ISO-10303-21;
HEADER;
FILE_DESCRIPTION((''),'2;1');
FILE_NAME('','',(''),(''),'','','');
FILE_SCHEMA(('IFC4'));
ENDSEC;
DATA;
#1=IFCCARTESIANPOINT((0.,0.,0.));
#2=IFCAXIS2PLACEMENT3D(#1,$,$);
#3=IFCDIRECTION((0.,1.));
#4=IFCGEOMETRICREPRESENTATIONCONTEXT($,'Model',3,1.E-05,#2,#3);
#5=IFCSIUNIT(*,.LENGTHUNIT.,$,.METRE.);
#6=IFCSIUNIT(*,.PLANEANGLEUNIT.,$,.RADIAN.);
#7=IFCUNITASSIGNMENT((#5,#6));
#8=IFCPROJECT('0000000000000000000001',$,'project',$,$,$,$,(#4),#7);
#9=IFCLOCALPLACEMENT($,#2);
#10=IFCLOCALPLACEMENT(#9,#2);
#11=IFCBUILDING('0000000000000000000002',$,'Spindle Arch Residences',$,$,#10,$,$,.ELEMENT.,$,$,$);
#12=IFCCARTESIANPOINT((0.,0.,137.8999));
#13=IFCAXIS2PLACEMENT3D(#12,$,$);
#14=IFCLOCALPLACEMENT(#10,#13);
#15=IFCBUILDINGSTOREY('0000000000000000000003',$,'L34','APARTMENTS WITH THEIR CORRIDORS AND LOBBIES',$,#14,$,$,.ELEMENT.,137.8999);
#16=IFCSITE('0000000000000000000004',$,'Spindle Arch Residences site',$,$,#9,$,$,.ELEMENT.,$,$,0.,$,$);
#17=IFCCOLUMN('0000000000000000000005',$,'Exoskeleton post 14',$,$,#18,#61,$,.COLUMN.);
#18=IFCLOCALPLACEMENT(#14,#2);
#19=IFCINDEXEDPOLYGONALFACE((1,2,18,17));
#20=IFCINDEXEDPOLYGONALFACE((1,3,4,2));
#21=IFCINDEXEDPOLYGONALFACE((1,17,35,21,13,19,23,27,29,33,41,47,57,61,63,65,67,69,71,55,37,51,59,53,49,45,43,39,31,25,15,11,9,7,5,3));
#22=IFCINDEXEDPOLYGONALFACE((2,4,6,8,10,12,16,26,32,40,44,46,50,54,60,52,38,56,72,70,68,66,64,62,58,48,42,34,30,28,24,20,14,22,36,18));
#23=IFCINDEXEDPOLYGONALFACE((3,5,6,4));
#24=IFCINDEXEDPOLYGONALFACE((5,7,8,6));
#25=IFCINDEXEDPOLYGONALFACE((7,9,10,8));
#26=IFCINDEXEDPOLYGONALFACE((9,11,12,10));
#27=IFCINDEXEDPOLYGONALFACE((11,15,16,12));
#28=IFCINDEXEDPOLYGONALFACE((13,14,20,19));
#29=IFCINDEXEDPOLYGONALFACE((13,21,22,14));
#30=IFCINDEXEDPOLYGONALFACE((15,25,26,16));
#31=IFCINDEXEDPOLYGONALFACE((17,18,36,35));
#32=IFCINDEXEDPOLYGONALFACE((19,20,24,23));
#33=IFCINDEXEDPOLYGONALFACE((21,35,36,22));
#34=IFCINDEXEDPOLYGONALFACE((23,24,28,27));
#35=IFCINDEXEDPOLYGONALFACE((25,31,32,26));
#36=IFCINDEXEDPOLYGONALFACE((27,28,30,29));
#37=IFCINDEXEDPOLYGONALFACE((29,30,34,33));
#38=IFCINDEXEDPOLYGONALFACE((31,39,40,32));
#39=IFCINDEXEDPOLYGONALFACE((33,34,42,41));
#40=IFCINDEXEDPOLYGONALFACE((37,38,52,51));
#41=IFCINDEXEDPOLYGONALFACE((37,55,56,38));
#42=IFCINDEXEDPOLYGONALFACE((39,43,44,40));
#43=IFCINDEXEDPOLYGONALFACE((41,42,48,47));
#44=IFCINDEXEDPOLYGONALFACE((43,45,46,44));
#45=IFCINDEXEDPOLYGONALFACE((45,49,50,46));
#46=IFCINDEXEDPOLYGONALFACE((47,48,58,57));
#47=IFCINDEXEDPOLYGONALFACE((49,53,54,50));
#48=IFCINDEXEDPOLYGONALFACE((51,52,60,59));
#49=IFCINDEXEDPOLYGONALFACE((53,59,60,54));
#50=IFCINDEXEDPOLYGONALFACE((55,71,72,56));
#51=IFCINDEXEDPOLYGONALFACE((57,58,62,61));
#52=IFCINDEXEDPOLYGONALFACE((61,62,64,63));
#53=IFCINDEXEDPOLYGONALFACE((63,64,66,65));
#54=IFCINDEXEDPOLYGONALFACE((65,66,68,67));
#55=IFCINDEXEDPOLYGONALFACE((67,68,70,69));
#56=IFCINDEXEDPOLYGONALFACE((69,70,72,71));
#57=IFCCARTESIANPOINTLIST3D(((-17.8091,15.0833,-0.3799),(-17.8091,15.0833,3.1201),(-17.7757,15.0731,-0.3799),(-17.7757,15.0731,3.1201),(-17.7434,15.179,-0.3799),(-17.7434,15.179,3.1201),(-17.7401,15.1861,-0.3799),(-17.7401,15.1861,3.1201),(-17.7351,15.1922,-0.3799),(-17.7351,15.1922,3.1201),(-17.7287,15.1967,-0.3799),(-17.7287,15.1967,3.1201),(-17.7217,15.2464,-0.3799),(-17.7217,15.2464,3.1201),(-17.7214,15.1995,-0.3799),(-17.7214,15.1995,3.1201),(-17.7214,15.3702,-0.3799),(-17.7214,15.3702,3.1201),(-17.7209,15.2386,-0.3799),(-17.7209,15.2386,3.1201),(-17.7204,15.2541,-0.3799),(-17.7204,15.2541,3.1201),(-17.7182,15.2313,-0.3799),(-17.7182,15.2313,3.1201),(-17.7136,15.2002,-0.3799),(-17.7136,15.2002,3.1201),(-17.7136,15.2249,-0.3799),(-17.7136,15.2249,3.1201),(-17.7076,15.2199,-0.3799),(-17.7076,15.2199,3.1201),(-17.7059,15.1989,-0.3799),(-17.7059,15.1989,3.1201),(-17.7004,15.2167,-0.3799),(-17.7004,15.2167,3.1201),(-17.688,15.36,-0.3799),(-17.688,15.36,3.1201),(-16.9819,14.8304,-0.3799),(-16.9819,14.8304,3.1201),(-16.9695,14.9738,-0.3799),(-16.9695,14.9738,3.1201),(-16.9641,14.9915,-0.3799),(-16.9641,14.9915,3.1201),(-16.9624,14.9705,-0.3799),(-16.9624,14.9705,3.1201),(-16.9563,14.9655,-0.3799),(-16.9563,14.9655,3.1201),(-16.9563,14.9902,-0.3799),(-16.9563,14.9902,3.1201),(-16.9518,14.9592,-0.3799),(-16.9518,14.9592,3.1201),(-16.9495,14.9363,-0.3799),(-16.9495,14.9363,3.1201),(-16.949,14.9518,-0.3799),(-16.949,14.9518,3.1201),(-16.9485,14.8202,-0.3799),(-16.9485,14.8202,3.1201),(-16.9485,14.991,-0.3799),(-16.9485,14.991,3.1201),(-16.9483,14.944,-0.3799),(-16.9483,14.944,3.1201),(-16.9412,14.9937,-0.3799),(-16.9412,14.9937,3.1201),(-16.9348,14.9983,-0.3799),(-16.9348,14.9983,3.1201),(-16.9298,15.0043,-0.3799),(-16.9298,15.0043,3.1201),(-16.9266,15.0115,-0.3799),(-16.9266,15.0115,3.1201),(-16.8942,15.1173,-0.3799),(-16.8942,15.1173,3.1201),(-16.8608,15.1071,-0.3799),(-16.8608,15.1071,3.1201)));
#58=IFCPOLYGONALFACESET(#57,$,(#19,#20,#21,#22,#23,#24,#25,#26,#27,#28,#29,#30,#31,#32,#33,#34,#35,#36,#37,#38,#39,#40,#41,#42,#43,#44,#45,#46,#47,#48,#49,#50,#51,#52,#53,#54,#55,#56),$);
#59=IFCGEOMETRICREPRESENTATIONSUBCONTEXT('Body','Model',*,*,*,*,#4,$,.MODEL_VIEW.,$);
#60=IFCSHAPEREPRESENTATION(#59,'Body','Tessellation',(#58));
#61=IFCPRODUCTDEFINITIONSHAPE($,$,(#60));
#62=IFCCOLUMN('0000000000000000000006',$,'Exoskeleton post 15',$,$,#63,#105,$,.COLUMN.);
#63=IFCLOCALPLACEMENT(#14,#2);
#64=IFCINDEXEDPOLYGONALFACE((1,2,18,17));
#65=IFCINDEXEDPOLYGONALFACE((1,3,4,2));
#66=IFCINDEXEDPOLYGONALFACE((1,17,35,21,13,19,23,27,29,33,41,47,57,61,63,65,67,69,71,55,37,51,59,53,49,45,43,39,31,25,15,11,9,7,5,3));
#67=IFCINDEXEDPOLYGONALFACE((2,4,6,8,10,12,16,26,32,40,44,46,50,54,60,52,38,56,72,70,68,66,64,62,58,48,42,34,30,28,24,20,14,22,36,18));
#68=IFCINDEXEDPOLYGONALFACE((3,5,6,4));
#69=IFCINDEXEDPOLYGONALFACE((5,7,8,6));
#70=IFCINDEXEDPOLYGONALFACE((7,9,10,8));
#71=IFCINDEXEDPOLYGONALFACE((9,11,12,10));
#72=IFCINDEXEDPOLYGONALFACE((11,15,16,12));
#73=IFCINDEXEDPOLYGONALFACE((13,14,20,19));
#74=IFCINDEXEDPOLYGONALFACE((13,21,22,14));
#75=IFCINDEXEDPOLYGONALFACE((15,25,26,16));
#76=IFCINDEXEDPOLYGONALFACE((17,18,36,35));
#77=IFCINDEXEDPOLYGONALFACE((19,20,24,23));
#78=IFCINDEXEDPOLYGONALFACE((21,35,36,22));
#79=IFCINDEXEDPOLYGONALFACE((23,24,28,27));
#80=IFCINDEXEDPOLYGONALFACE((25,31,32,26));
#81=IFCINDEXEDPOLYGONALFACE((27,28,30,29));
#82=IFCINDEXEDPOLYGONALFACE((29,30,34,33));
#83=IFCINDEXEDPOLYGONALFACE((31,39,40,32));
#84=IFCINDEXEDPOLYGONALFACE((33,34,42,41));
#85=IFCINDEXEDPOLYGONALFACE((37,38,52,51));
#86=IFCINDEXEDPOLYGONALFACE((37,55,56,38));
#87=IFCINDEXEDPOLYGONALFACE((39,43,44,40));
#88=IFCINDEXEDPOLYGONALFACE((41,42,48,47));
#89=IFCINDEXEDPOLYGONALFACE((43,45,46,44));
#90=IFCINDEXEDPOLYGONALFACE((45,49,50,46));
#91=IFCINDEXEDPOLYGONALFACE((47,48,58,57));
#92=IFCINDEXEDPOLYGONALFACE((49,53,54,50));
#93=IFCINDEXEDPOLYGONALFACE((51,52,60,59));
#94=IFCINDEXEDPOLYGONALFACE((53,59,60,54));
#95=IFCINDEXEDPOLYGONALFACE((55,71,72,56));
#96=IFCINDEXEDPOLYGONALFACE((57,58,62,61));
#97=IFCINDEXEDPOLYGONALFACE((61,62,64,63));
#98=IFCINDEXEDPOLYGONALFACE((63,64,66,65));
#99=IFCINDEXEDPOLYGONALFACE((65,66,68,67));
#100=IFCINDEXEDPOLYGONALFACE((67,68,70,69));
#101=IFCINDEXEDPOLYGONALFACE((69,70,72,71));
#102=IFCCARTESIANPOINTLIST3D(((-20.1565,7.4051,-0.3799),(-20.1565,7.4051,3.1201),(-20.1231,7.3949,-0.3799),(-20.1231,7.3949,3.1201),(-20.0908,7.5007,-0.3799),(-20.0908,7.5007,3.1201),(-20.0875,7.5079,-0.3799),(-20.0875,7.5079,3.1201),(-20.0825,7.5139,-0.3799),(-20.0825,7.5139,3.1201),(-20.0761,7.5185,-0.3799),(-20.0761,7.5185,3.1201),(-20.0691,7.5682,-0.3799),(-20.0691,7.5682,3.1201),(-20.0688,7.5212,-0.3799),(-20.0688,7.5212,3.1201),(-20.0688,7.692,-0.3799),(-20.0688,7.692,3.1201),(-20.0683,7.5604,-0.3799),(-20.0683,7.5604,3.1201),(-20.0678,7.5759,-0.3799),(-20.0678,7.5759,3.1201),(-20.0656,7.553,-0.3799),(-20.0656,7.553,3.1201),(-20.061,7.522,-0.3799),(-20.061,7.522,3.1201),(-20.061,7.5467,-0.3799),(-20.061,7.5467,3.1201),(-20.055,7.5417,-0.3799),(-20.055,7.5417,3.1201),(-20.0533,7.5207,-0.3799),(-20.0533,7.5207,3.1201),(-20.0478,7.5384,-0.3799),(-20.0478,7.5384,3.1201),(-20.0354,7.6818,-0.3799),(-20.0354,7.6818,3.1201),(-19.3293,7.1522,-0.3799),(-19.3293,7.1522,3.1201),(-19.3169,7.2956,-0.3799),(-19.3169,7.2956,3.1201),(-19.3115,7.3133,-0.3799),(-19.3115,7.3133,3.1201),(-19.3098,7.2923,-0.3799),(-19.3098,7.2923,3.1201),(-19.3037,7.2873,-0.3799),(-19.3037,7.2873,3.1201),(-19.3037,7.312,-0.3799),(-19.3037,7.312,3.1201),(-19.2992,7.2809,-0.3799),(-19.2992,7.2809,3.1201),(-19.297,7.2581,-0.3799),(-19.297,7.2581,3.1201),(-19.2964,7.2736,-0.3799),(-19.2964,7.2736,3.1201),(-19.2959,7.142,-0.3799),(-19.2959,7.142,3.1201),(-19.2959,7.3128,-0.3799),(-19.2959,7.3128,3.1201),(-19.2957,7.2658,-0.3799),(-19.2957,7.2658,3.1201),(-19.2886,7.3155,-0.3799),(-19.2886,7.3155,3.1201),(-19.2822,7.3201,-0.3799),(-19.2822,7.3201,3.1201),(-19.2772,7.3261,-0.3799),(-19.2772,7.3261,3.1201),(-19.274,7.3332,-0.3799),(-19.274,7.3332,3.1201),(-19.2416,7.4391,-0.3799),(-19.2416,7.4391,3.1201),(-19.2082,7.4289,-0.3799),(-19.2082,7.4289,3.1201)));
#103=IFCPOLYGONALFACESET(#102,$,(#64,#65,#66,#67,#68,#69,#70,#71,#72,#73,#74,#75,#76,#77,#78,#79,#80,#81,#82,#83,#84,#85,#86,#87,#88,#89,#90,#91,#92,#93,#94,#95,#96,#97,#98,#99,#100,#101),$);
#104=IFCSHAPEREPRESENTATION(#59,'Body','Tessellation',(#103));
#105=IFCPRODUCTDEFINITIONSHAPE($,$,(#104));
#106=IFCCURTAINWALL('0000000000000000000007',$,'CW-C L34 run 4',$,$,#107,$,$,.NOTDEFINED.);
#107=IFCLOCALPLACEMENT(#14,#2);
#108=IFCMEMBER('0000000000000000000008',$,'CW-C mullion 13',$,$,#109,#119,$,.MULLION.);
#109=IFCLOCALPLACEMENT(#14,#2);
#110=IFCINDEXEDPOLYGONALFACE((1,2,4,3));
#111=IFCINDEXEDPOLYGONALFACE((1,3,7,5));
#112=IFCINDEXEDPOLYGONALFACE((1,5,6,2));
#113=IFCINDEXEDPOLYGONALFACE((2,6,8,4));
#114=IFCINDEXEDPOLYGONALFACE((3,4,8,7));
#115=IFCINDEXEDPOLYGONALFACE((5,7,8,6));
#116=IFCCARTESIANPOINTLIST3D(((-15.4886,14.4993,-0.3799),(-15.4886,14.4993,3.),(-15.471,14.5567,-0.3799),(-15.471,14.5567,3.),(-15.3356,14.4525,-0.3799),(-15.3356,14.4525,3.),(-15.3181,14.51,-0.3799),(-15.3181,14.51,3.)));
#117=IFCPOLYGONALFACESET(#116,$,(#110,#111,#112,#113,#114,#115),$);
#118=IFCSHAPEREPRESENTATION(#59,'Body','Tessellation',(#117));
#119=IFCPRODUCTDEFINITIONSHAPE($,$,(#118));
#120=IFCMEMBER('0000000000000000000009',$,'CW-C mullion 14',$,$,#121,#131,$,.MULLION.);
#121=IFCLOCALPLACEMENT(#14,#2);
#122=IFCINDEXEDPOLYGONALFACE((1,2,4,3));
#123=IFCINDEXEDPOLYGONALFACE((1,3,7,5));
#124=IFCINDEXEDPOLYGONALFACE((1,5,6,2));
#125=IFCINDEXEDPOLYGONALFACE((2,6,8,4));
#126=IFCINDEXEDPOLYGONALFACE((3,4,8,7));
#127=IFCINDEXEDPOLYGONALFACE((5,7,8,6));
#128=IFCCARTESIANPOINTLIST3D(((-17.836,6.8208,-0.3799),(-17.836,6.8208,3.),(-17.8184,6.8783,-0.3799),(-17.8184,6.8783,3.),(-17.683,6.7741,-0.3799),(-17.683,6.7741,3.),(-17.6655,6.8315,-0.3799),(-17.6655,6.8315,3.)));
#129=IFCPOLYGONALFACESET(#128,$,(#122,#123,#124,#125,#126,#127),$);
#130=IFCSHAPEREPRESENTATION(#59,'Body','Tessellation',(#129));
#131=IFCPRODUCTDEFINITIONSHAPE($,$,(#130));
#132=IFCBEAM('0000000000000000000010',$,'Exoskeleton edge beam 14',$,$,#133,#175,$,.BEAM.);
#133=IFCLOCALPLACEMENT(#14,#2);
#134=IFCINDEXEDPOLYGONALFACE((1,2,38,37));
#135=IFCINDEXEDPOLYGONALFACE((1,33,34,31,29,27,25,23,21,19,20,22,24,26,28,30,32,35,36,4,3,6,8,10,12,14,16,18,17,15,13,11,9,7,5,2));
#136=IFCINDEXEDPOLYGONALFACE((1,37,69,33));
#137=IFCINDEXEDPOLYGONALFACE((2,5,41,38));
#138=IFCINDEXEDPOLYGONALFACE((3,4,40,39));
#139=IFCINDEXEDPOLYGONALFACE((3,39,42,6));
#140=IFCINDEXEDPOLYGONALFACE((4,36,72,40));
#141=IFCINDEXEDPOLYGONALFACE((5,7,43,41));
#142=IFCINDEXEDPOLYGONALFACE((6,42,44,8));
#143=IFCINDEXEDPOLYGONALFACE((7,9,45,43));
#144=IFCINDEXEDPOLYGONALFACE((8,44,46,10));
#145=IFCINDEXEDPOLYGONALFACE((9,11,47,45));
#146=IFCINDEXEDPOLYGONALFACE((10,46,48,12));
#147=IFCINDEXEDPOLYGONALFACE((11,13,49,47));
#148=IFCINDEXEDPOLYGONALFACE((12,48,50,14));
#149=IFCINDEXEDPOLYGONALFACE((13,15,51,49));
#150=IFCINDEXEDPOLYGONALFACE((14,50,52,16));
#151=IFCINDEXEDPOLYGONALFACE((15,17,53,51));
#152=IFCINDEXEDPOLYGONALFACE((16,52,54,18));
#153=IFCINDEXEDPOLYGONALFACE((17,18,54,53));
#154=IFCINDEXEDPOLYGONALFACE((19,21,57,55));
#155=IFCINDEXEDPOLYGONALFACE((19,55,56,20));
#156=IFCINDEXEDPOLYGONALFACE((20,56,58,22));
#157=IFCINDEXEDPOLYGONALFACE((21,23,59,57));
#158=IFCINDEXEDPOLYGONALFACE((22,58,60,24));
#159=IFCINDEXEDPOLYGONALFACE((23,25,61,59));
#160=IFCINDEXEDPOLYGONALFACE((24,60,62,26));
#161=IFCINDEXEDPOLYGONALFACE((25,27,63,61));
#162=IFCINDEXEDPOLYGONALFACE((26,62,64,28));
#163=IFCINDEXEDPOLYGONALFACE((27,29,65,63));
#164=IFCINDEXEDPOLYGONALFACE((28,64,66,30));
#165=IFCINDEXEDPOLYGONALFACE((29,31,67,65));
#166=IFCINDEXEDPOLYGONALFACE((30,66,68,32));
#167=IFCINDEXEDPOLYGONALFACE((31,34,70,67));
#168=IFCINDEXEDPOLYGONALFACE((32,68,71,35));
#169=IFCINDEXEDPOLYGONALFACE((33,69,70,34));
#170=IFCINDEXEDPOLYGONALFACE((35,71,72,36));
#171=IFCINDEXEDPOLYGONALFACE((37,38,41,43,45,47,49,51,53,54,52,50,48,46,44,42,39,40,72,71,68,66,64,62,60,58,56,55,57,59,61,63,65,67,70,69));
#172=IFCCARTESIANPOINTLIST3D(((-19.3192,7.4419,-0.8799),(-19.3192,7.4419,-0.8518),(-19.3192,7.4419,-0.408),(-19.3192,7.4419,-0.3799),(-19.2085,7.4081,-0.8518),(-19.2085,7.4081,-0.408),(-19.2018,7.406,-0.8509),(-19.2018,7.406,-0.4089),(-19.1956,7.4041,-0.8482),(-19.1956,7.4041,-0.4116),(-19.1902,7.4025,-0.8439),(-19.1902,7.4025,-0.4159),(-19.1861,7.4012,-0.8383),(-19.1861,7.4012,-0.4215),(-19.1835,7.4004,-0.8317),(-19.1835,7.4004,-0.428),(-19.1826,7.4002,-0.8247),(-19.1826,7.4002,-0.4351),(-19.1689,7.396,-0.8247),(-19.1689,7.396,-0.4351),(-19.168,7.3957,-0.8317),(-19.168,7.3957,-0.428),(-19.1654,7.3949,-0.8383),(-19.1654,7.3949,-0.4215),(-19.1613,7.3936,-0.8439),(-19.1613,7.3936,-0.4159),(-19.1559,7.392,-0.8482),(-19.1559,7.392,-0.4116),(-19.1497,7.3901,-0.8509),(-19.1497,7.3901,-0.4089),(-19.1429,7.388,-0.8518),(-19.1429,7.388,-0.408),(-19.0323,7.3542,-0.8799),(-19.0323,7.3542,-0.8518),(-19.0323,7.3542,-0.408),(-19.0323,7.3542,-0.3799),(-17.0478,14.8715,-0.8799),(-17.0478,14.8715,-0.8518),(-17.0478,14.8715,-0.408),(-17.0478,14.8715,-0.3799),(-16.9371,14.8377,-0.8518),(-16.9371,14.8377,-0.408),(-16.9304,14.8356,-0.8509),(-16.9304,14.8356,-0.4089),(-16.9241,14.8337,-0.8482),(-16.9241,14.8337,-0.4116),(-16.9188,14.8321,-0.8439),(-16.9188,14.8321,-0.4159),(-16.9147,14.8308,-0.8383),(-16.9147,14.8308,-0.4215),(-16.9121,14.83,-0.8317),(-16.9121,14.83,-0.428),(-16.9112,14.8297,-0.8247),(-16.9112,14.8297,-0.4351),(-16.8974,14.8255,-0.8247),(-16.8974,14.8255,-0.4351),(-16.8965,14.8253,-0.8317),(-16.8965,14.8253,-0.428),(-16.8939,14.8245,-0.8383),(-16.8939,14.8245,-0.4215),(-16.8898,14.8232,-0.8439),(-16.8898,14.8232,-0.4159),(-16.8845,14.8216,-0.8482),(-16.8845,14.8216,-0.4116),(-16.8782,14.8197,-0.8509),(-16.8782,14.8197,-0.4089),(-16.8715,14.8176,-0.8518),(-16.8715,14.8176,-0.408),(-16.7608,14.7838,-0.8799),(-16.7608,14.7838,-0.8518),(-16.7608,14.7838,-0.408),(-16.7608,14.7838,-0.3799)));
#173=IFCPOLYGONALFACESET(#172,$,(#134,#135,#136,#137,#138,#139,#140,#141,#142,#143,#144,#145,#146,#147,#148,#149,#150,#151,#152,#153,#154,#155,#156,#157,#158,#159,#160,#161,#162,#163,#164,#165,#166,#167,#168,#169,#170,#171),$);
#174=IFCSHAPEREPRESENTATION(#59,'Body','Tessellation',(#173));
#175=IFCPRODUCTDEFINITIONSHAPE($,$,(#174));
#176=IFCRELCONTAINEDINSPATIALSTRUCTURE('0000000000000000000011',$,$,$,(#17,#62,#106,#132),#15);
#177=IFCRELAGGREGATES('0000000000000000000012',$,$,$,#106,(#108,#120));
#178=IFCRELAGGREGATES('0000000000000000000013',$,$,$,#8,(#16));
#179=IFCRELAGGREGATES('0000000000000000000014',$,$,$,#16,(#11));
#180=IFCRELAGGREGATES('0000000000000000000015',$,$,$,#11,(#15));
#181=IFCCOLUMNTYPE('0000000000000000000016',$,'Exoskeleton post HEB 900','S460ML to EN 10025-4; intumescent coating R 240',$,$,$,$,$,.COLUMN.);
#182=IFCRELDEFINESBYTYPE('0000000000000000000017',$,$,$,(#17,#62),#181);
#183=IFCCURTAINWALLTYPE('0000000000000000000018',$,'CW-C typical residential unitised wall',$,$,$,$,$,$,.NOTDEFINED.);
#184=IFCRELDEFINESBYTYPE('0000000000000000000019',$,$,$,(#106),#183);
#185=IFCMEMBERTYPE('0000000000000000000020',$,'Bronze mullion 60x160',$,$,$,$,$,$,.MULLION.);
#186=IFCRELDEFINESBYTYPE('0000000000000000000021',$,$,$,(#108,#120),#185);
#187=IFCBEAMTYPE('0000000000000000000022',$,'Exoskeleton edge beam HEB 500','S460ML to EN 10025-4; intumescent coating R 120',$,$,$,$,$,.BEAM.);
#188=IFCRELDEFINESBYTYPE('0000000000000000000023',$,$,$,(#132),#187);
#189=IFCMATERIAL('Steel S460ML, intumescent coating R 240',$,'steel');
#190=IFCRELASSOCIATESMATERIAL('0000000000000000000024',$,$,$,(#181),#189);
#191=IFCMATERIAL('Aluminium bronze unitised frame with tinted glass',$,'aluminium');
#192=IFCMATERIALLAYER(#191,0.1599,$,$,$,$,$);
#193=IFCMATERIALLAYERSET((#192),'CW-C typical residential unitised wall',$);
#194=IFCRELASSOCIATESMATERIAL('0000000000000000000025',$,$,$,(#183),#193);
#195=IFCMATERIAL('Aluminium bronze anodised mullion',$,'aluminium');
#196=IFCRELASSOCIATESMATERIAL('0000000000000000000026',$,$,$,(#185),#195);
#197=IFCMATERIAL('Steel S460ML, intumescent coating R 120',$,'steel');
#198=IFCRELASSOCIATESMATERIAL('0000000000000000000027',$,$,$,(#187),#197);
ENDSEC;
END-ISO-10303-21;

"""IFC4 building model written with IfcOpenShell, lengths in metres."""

from ifc_helpers import new_model, si_unit, direction, frame, origin, origin_2d, place, context, subcontext, project, spatial, rectangle, i_section, extrude, material, layer, layer_set, material_profile, profile_set, type_object, element, aggregate, save


model = new_model("IFC4")

# Units and contexts
model_context = context("Model", 3, precision=1e-05, world=origin(), true_north=direction((0.0, 1.0)))
body_context = subcontext(model_context, "Body", "Model", "MODEL_VIEW")
ifc_project = project(units=[si_unit("LENGTHUNIT", "METRE"), si_unit("PLANEANGLEUNIT", "RADIAN")], contexts=[model_context])

# Site, building, storey
site_placement = place(None, origin())
site = spatial("IfcSite", under=ifc_project, at=site_placement, Name="Spindle Arch Residences site", CompositionType="ELEMENT", RefElevation=0.0)
building_placement = place(site_placement, origin())
building = spatial("IfcBuilding", under=site, at=building_placement, Name="Spindle Arch Residences", CompositionType="ELEMENT")
storey_placement = place(building_placement, frame((0.0, 0.0, 137.8999)))
storey = spatial("IfcBuildingStorey", under=building, at=storey_placement, Name="L34", Description="APARTMENTS WITH THEIR CORRIDORS AND LOBBIES", CompositionType="ELEMENT", Elevation=137.8999)

# Columns
ifc_material_1 = material(Name="Steel S460ML, intumescent coating R 240", Category="steel")
ifc_material_profile_1 = material_profile(ifc_material_1, i_section(OverallWidth=0.3, OverallDepth=0.8999, WebThickness=0.0186, FlangeThickness=0.0349, FilletRadius=0.03, at=origin_2d()), Name="HEB 900")
ifc_profile_set_1 = profile_set([ifc_material_profile_1], Name="Steel S460ML, intumescent coating R 240")
column_type = type_object("IfcColumnType", Name="Exoskeleton post HEB 900", Description="S460ML to EN 10025-4; intumescent coating R 240", PredefinedType="COLUMN", material=ifc_profile_set_1)
for number, where, z_axis, x_axis, name in (
    (1, (-17.335, 15.0952, -0.3799), (0.0, 0.0, 1.0), (0.292372, 0.956305, 0.0), "Exoskeleton post 14"),
    (2, (-19.6824, 7.417, -0.3799), (0.0, 0.0, 1.0), (0.292372, 0.956305, 0.0), "Exoskeleton post 15"),
):
    element("IfcColumn", number, at=place(storey_placement, frame(where, z_axis=z_axis, x_axis=x_axis)), inside=storey, type_object=column_type, Name=name, PredefinedType="COLUMN", context=body_context, shape_type="SweptSolid", body=[
        extrude(i_section(OverallWidth=0.3, OverallDepth=0.8999, WebThickness=0.0186, FlangeThickness=0.0349, FilletRadius=0.03, at=origin_2d()), origin(), (0.0, 0.0, 1.0), 3.5),
    ])

# Curtain wall, members
ifc_material_2 = material(Name="Aluminium bronze unitised frame with tinted glass", Category="aluminium")
ifc_layer_1 = layer(ifc_material_2, 0.1599)
ifc_layer_set_1 = layer_set([ifc_layer_1], Name="CW-C typical residential unitised wall")
curtain_wall_type = type_object("IfcCurtainWallType", Name="CW-C typical residential unitised wall", PredefinedType="NOTDEFINED", material=ifc_layer_set_1)
curtain_wall_placement = place(storey_placement, origin())
curtain_wall = element("IfcCurtainWall", 3, at=curtain_wall_placement, inside=storey, type_object=curtain_wall_type, Name="CW-C L34 run 4", PredefinedType="NOTDEFINED")
ifc_material_3 = material(Name="Aluminium bronze anodised mullion", Category="aluminium")
ifc_material_profile_2 = material_profile(ifc_material_3, rectangle(XDim=0.1599, YDim=0.0601, at=origin_2d()), Name="MU 60x160")
ifc_profile_set_2 = profile_set([ifc_material_profile_2], Name="Aluminium bronze anodised mullion")
member_type = type_object("IfcMemberType", Name="Bronze mullion 60x160", PredefinedType="MULLION", material=ifc_profile_set_2)
member_1_placement = place(storey_placement, frame((-15.4033, 14.5046, -0.3799), z_axis=(0.0, 0.0, 1.0), x_axis=(0.956305, -0.292372, 0.0)))
member_1 = element("IfcMember", 4, at=member_1_placement, type_object=member_type, Name="CW-C mullion 13", PredefinedType="MULLION", context=body_context, shape_type="SweptSolid", body=[
    extrude(rectangle(XDim=0.1599, YDim=0.0601, at=origin_2d()), origin(), (0.0, 0.0, 1.0), 3.3799),
])
member_2_placement = place(storey_placement, frame((-17.7507, 6.8262, -0.3799), z_axis=(0.0, 0.0, 1.0), x_axis=(0.956305, -0.292372, 0.0)))
member_2 = element("IfcMember", 5, at=member_2_placement, type_object=member_type, Name="CW-C mullion 14", PredefinedType="MULLION", context=body_context, shape_type="SweptSolid", body=[
    extrude(rectangle(XDim=0.1599, YDim=0.0601, at=origin_2d()), origin(), (0.0, 0.0, 1.0), 3.3799),
])

# Beam
ifc_material_4 = material(Name="Steel S460ML, intumescent coating R 120", Category="steel")
ifc_material_profile_3 = material_profile(ifc_material_4, i_section(OverallWidth=0.3, OverallDepth=0.5, WebThickness=0.0144, FlangeThickness=0.0281, FilletRadius=0.0271, at=origin_2d()), Name="HEB 500")
ifc_profile_set_3 = profile_set([ifc_material_profile_3], Name="Steel S460ML, intumescent coating R 120")
beam_type_1 = type_object("IfcBeamType", Name="Exoskeleton edge beam HEB 500", Description="S460ML to EN 10025-4; intumescent coating R 120", PredefinedType="BEAM", material=ifc_profile_set_3)
beam_1_placement = place(storey_placement, frame((-16.9043, 14.8276, -0.6299), z_axis=(-0.292372, -0.956305, 0.0), x_axis=(0.956305, -0.292372, 0.0)))
element("IfcBeam", 6, at=beam_1_placement, inside=storey, type_object=beam_type_1, Name="Exoskeleton edge beam 14", PredefinedType="BEAM", context=body_context, shape_type="SweptSolid", body=[
    extrude(i_section(OverallWidth=0.3, OverallDepth=0.5, WebThickness=0.0144, FlangeThickness=0.0281, FilletRadius=0.0271, at=origin_2d()), origin(), (0.0, 0.0, 1.0), 7.769),
])

aggregate(curtain_wall, [member_1, member_2])

save(model, "model.ifc")
